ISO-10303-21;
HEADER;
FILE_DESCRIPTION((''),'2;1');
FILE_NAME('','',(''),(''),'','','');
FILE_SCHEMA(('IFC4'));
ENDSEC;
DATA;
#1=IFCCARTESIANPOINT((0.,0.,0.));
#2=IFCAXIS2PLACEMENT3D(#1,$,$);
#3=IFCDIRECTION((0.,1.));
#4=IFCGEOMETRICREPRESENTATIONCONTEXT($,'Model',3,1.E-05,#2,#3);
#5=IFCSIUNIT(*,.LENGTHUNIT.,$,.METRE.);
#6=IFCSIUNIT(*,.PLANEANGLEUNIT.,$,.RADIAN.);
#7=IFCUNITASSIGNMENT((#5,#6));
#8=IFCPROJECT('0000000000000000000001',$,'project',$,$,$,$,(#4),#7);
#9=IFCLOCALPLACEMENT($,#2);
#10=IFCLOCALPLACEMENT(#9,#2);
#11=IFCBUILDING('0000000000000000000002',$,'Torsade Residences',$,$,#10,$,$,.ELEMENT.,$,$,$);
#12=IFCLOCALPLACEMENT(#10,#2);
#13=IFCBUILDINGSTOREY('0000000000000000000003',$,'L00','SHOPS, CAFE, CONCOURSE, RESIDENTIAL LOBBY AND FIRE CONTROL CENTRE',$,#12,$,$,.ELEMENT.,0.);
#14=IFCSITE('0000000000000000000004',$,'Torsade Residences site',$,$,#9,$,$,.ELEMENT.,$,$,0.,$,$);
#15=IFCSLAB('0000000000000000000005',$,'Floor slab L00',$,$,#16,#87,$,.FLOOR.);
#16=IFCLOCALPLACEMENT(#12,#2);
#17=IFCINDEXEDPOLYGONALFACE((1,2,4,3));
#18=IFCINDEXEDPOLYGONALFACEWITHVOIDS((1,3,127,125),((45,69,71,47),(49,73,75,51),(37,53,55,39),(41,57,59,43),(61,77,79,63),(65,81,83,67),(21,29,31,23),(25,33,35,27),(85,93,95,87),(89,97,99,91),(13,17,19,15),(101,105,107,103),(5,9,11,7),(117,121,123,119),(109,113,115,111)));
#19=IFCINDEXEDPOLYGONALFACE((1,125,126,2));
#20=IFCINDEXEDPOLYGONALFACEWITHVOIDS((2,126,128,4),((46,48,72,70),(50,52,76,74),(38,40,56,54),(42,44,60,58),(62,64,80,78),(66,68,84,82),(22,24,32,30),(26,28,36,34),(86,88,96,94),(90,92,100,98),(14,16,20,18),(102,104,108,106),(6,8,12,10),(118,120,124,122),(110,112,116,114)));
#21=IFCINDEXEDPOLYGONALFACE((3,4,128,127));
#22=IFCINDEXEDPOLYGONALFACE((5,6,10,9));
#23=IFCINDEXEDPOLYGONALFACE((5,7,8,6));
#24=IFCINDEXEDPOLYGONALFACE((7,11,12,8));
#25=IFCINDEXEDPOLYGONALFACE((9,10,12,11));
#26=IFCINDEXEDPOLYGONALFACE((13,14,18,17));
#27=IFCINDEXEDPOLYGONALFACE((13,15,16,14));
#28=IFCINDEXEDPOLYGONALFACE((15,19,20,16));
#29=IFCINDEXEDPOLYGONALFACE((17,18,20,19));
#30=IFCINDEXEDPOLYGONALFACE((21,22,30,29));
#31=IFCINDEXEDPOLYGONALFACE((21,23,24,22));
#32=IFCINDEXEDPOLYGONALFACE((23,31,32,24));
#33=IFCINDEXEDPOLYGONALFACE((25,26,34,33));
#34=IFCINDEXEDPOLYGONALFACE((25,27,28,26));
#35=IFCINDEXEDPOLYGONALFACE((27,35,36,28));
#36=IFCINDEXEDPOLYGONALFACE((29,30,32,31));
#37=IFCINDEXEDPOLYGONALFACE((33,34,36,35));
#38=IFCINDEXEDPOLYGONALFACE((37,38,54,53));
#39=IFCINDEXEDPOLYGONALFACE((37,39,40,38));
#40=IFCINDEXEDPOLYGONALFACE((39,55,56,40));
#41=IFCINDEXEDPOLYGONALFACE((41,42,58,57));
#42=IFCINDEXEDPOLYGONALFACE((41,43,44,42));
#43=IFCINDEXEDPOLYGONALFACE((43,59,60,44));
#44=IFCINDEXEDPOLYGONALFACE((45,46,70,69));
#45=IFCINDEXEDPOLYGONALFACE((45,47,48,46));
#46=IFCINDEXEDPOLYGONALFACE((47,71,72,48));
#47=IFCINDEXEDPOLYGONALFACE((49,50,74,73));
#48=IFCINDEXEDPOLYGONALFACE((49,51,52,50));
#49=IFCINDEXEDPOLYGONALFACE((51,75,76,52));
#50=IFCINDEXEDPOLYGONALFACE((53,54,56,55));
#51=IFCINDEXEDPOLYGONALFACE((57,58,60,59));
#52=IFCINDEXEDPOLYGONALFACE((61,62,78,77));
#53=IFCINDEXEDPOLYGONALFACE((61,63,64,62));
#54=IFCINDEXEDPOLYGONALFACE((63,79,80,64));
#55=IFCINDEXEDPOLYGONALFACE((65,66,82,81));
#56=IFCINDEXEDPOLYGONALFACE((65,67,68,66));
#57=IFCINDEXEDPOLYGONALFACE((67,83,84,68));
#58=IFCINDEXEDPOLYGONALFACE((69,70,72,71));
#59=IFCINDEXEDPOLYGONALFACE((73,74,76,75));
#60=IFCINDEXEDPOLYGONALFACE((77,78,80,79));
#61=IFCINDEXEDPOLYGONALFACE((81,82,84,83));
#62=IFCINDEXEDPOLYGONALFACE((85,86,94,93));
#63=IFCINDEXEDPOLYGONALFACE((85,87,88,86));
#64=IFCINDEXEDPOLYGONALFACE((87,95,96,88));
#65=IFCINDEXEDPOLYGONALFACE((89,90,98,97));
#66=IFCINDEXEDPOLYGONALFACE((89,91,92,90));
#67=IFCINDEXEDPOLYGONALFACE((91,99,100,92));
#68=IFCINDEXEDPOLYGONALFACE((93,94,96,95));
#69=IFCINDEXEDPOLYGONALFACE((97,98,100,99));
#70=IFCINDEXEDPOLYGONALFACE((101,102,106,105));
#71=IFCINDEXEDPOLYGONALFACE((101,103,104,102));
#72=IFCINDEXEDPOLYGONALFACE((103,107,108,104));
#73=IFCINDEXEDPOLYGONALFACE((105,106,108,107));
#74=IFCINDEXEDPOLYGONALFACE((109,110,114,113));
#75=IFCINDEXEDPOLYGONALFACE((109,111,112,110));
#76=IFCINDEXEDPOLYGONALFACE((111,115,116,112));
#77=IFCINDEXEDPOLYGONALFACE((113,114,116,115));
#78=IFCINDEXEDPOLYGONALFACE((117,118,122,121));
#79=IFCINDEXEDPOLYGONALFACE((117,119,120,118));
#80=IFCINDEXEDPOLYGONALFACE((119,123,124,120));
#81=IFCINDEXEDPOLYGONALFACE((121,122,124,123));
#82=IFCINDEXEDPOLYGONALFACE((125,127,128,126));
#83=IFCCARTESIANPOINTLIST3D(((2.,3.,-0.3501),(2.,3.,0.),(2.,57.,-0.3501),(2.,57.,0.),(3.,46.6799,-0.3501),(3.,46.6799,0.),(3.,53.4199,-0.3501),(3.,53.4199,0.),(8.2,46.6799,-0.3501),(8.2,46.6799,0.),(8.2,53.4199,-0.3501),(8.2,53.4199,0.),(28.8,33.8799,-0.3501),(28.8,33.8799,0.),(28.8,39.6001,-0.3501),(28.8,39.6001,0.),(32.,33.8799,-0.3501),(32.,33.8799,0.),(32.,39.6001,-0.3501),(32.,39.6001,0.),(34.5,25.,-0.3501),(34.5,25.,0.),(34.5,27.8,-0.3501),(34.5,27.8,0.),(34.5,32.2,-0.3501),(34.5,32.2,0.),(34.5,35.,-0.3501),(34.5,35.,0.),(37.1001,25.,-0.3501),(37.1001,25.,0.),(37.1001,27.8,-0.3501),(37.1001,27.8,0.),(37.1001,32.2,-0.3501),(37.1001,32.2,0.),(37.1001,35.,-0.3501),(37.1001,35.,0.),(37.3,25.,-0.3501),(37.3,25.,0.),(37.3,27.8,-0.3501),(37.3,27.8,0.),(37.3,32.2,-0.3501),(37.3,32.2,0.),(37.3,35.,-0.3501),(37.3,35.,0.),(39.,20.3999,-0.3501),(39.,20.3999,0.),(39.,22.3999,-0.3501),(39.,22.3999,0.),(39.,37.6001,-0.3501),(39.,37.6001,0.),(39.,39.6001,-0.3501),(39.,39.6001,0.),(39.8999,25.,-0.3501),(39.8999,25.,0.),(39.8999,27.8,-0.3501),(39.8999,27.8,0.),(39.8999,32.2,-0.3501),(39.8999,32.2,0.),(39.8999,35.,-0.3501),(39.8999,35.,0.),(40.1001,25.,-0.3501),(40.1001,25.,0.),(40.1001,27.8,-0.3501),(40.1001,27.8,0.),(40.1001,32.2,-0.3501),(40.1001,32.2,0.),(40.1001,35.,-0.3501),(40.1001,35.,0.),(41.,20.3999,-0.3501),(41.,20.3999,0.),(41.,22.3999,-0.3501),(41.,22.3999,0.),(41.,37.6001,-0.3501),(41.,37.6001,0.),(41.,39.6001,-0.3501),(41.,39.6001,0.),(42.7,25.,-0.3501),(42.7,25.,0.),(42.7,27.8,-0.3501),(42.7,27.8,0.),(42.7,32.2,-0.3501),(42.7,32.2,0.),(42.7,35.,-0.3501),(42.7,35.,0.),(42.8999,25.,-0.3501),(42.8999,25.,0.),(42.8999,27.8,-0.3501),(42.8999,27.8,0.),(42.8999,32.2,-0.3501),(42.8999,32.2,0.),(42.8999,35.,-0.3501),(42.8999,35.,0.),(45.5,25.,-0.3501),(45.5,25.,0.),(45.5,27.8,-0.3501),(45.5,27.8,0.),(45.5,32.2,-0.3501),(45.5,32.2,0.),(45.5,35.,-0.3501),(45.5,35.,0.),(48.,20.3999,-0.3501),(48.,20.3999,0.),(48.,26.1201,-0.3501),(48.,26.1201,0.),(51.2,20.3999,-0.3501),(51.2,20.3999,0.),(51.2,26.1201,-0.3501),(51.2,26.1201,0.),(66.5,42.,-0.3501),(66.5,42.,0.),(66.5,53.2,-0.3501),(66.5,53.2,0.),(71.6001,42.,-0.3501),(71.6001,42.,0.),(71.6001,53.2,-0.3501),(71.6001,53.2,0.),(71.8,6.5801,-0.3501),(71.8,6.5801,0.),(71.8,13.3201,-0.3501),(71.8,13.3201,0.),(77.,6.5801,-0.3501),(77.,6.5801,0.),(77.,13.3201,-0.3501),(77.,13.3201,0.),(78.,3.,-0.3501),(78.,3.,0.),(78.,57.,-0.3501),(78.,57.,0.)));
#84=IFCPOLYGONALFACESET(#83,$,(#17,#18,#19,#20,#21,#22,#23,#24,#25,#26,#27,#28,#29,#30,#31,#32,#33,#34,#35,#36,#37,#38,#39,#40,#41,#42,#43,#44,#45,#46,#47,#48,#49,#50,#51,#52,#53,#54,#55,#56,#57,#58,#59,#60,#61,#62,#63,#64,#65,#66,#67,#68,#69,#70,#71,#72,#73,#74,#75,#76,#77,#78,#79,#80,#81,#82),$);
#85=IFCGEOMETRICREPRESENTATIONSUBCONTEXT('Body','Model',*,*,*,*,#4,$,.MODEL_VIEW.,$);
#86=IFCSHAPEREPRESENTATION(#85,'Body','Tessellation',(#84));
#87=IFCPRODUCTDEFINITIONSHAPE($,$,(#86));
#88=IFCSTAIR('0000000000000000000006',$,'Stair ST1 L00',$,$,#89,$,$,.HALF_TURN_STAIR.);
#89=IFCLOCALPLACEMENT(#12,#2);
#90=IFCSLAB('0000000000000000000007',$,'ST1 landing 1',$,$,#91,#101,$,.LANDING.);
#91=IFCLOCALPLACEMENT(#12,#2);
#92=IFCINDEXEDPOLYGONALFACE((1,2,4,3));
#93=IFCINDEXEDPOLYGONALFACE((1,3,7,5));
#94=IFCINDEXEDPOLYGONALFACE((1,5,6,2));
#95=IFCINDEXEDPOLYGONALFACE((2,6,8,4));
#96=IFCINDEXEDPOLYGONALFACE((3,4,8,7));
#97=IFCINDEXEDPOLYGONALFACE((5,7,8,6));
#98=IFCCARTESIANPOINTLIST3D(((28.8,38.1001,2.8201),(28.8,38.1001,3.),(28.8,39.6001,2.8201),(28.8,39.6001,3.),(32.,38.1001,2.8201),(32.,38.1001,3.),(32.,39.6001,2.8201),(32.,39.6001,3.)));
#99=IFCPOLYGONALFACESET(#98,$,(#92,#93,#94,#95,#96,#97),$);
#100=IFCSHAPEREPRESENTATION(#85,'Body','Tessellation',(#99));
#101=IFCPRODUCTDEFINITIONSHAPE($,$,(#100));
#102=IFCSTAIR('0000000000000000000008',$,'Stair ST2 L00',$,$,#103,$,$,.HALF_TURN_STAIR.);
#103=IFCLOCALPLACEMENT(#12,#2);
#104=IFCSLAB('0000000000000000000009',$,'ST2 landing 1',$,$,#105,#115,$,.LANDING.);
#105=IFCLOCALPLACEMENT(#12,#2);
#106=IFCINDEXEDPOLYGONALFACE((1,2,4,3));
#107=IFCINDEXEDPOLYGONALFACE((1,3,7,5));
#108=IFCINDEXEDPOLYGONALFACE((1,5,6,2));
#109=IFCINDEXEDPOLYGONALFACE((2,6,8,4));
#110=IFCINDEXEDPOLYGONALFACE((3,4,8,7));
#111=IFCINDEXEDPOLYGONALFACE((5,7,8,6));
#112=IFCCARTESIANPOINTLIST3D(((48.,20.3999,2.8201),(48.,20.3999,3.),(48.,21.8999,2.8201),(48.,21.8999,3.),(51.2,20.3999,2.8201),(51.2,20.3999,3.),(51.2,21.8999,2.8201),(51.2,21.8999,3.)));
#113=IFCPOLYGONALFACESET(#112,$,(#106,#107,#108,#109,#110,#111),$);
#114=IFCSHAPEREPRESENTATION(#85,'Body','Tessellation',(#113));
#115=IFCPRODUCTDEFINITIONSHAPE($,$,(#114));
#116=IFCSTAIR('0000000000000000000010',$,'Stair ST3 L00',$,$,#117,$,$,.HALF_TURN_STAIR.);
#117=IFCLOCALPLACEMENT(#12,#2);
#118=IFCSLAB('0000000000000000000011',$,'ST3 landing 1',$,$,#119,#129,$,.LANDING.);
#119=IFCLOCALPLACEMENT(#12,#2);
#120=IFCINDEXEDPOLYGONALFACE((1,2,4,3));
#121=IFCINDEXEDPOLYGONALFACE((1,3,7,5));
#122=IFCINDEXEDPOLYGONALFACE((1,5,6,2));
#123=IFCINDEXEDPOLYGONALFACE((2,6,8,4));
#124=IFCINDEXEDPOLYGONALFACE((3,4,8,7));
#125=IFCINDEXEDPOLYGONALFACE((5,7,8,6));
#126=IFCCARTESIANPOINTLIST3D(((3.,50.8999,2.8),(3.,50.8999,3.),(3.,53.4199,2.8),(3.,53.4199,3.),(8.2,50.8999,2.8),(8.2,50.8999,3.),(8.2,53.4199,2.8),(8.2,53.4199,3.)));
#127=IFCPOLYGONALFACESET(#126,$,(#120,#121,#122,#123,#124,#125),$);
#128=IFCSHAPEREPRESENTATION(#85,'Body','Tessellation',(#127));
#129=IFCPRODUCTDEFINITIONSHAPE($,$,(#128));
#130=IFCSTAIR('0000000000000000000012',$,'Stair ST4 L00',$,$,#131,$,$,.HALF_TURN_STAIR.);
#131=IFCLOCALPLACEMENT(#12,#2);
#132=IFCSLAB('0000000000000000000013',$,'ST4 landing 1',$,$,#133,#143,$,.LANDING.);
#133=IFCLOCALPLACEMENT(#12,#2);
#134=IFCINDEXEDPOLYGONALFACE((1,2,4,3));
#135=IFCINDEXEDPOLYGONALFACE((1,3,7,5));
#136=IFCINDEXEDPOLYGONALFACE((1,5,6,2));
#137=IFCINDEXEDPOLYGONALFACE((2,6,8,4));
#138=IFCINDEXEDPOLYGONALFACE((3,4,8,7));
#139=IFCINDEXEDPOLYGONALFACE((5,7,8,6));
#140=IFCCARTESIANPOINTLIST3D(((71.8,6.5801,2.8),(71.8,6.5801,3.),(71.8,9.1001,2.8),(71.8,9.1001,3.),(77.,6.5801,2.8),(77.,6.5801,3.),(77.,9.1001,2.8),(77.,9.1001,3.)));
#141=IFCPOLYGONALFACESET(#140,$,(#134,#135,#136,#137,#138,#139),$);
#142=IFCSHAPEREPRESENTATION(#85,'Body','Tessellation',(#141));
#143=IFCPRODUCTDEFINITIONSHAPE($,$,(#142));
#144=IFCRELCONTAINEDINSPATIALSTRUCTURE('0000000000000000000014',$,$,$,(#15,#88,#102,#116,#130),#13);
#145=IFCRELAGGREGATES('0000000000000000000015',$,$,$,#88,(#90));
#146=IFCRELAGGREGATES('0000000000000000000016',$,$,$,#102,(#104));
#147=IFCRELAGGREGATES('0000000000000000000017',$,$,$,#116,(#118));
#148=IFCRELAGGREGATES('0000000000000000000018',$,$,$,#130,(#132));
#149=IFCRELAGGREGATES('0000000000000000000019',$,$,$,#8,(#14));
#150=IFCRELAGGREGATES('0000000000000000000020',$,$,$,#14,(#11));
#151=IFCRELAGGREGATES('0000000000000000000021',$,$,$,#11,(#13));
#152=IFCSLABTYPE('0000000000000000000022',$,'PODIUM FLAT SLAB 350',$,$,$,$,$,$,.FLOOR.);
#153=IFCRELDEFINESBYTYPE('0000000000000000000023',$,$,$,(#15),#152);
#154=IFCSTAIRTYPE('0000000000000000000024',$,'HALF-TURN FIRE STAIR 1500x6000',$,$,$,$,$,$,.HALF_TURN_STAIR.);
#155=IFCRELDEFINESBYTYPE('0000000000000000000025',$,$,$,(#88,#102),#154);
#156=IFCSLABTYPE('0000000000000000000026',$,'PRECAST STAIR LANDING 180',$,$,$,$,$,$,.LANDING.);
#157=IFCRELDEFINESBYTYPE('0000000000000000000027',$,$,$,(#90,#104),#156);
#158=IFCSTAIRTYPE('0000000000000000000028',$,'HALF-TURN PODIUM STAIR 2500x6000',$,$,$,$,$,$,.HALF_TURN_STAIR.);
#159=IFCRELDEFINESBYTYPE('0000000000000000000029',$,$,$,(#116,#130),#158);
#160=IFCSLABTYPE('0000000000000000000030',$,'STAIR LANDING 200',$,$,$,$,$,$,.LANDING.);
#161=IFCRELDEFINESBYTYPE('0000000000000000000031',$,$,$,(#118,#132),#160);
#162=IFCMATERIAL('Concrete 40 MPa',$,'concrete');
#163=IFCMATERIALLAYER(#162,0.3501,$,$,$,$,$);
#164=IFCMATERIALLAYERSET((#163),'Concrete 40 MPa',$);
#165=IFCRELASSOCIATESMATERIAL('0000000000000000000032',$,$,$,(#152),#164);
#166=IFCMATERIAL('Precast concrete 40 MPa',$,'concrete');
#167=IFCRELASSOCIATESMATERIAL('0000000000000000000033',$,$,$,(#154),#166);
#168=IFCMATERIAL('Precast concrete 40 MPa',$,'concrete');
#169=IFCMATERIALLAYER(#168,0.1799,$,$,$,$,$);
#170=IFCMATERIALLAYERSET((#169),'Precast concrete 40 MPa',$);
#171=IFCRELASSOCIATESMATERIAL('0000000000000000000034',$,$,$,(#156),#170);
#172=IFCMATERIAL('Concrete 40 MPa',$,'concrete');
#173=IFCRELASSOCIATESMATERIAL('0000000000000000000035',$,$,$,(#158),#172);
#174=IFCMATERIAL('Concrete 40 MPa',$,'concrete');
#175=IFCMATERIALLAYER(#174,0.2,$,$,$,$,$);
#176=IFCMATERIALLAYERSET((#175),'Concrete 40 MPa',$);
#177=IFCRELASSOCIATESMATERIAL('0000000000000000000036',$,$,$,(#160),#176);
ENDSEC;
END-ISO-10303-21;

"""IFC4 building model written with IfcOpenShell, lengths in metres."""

from ifc_helpers import new_model, si_unit, direction, frame, origin, place, context, subcontext, project, spatial, polyline, outline, extrude, material, layer, layer_set, type_object, element, aggregate, save


model = new_model("IFC4")

# Units and contexts
model_context = context("Model", 3, precision=1e-05, world=origin(), true_north=direction((0.0, 1.0)))
body_context = subcontext(model_context, "Body", "Model", "MODEL_VIEW")
ifc_project = project(units=[si_unit("LENGTHUNIT", "METRE"), si_unit("PLANEANGLEUNIT", "RADIAN")], contexts=[model_context])

# Site, building, storey
site_placement = place(None, origin())
site = spatial("IfcSite", under=ifc_project, at=site_placement, Name="Torsade Residences site", CompositionType="ELEMENT", RefElevation=0.0)
building_placement = place(site_placement, origin())
building = spatial("IfcBuilding", under=site, at=building_placement, Name="Torsade Residences", CompositionType="ELEMENT")
storey_placement = place(building_placement, origin())
storey = spatial("IfcBuildingStorey", under=building, at=storey_placement, Name="L00", Description="SHOPS, CAFE, CONCOURSE, RESIDENTIAL LOBBY AND FIRE CONTROL CENTRE", CompositionType="ELEMENT", Elevation=0.0)

# Slab
ifc_material_1 = material(Name="Concrete 40 MPa", Category="concrete")
ifc_layer_1 = layer(ifc_material_1, 0.3501)
ifc_layer_set_1 = layer_set([ifc_layer_1], Name="Concrete 40 MPa")
slab_type_1 = type_object("IfcSlabType", Name="PODIUM FLAT SLAB 350", PredefinedType="FLOOR", material=ifc_layer_set_1)
slab_1_placement = place(storey_placement, frame((0.0, 0.0, -0.3501)))
element("IfcSlab", 1, at=slab_1_placement, inside=storey, type_object=slab_type_1, Name="Floor slab L00", PredefinedType="FLOOR", context=body_context, shape_type="SweptSolid", body=[
    extrude(outline(polyline([(78.0, 3.0), (78.0, 57.0), (2.0, 57.0), (2.0, 3.0), (78.0, 3.0)]), holes=[polyline([(28.8, 33.8799), (32.0, 33.8799), (32.0, 39.6001), (28.8, 39.6001), (28.8, 33.8799)]), polyline([(48.0, 20.3999), (51.2, 20.3999), (51.2, 26.1201), (48.0, 26.1201), (48.0, 20.3999)]), polyline([(3.0, 46.6799), (8.2, 46.6799), (8.2, 53.4199), (3.0, 53.4199), (3.0, 46.6799)]), polyline([(71.8, 6.5801), (77.0, 6.5801), (77.0, 13.3201), (71.8, 13.3201), (71.8, 6.5801)]), polyline([(34.5, 32.2), (37.1001, 32.2), (37.1001, 35.0), (34.5, 35.0), (34.5, 32.2)]), polyline([(42.8999, 25.0), (45.5, 25.0), (45.5, 27.8), (42.8999, 27.8), (42.8999, 25.0)]), polyline([(37.3, 32.2), (39.8999, 32.2), (39.8999, 35.0), (37.3, 35.0), (37.3, 32.2)]), polyline([(40.1001, 25.0), (42.7, 25.0), (42.7, 27.8), (40.1001, 27.8), (40.1001, 25.0)]), polyline([(40.1001, 32.2), (42.7, 32.2), (42.7, 35.0), (40.1001, 35.0), (40.1001, 32.2)]), polyline([(37.3, 25.0), (39.8999, 25.0), (39.8999, 27.8), (37.3, 27.8), (37.3, 25.0)]), polyline([(42.8999, 32.2), (45.5, 32.2), (45.5, 35.0), (42.8999, 35.0), (42.8999, 32.2)]), polyline([(34.5, 25.0), (37.1001, 25.0), (37.1001, 27.8), (34.5, 27.8), (34.5, 25.0)]), polyline([(39.0, 37.6001), (41.0, 37.6001), (41.0, 39.6001), (39.0, 39.6001), (39.0, 37.6001)]), polyline([(39.0, 20.3999), (41.0, 20.3999), (41.0, 22.3999), (39.0, 22.3999), (39.0, 20.3999)]), polyline([(66.5, 42.0), (71.6001, 42.0), (71.6001, 53.2), (66.5, 53.2), (66.5, 42.0)])]), origin(), (0.0, 0.0, 1.0), 0.3501),
])

# Stairs, slabs
ifc_material_2 = material(Name="Precast concrete 40 MPa", Category="concrete")
stair_type_1 = type_object("IfcStairType", Name="HALF-TURN FIRE STAIR 1500x6000", PredefinedType="HALF_TURN_STAIR", material=ifc_material_2)
stair_1_placement = place(storey_placement, origin())
stair_1 = element("IfcStair", 2, at=stair_1_placement, inside=storey, type_object=stair_type_1, Name="Stair ST1 L00", PredefinedType="HALF_TURN_STAIR")
ifc_material_3 = material(Name="Precast concrete 40 MPa", Category="concrete")
ifc_layer_2 = layer(ifc_material_3, 0.1799)
ifc_layer_set_2 = layer_set([ifc_layer_2], Name="Precast concrete 40 MPa")
slab_type_2 = type_object("IfcSlabType", Name="PRECAST STAIR LANDING 180", PredefinedType="LANDING", material=ifc_layer_set_2)
slab_2_placement = place(storey_placement, frame((0.0, 0.0, 2.8201)))
slab_2 = element("IfcSlab", 3, at=slab_2_placement, type_object=slab_type_2, Name="ST1 landing 1", PredefinedType="LANDING", context=body_context, shape_type="SweptSolid", body=[
    extrude(outline(polyline([(28.8, 38.1001), (32.0, 38.1001), (32.0, 39.6001), (28.8, 39.6001), (28.8, 38.1001)])), origin(), (0.0, 0.0, 1.0), 0.1799),
])
aggregate(stair_1, [slab_2])
stair_2_placement = place(storey_placement, origin())
stair_2 = element("IfcStair", 4, at=stair_2_placement, inside=storey, type_object=stair_type_1, Name="Stair ST2 L00", PredefinedType="HALF_TURN_STAIR")
slab_3_placement = place(storey_placement, frame((0.0, 0.0, 2.8201)))
slab_3 = element("IfcSlab", 5, at=slab_3_placement, type_object=slab_type_2, Name="ST2 landing 1", PredefinedType="LANDING", context=body_context, shape_type="SweptSolid", body=[
    extrude(outline(polyline([(48.0, 20.3999), (51.2, 20.3999), (51.2, 21.8999), (48.0, 21.8999), (48.0, 20.3999)])), origin(), (0.0, 0.0, 1.0), 0.1799),
])
aggregate(stair_2, [slab_3])
ifc_material_4 = material(Name="Concrete 40 MPa", Category="concrete")
stair_type_2 = type_object("IfcStairType", Name="HALF-TURN PODIUM STAIR 2500x6000", PredefinedType="HALF_TURN_STAIR", material=ifc_material_4)
stair_3_placement = place(storey_placement, origin())
stair_3 = element("IfcStair", 6, at=stair_3_placement, inside=storey, type_object=stair_type_2, Name="Stair ST3 L00", PredefinedType="HALF_TURN_STAIR")
ifc_material_5 = material(Name="Concrete 40 MPa", Category="concrete")
ifc_layer_3 = layer(ifc_material_5, 0.2)
ifc_layer_set_3 = layer_set([ifc_layer_3], Name="Concrete 40 MPa")
slab_type_3 = type_object("IfcSlabType", Name="STAIR LANDING 200", PredefinedType="LANDING", material=ifc_layer_set_3)
slab_4_placement = place(storey_placement, frame((0.0, 0.0, 2.8)))
slab_4 = element("IfcSlab", 7, at=slab_4_placement, type_object=slab_type_3, Name="ST3 landing 1", PredefinedType="LANDING", context=body_context, shape_type="SweptSolid", body=[
    extrude(outline(polyline([(3.0, 50.8999), (8.2, 50.8999), (8.2, 53.4199), (3.0, 53.4199), (3.0, 50.8999)])), origin(), (0.0, 0.0, 1.0), 0.2),
])
aggregate(stair_3, [slab_4])
stair_4_placement = place(storey_placement, origin())
stair_4 = element("IfcStair", 8, at=stair_4_placement, inside=storey, type_object=stair_type_2, Name="Stair ST4 L00", PredefinedType="HALF_TURN_STAIR")
slab_5_placement = place(storey_placement, frame((0.0, 0.0, 2.8)))
slab_5 = element("IfcSlab", 9, at=slab_5_placement, type_object=slab_type_3, Name="ST4 landing 1", PredefinedType="LANDING", context=body_context, shape_type="SweptSolid", body=[
    extrude(outline(polyline([(71.8, 6.5801), (77.0, 6.5801), (77.0, 9.1001), (71.8, 9.1001), (71.8, 6.5801)])), origin(), (0.0, 0.0, 1.0), 0.2),
])
aggregate(stair_4, [slab_5])

save(model, "model.ifc")
